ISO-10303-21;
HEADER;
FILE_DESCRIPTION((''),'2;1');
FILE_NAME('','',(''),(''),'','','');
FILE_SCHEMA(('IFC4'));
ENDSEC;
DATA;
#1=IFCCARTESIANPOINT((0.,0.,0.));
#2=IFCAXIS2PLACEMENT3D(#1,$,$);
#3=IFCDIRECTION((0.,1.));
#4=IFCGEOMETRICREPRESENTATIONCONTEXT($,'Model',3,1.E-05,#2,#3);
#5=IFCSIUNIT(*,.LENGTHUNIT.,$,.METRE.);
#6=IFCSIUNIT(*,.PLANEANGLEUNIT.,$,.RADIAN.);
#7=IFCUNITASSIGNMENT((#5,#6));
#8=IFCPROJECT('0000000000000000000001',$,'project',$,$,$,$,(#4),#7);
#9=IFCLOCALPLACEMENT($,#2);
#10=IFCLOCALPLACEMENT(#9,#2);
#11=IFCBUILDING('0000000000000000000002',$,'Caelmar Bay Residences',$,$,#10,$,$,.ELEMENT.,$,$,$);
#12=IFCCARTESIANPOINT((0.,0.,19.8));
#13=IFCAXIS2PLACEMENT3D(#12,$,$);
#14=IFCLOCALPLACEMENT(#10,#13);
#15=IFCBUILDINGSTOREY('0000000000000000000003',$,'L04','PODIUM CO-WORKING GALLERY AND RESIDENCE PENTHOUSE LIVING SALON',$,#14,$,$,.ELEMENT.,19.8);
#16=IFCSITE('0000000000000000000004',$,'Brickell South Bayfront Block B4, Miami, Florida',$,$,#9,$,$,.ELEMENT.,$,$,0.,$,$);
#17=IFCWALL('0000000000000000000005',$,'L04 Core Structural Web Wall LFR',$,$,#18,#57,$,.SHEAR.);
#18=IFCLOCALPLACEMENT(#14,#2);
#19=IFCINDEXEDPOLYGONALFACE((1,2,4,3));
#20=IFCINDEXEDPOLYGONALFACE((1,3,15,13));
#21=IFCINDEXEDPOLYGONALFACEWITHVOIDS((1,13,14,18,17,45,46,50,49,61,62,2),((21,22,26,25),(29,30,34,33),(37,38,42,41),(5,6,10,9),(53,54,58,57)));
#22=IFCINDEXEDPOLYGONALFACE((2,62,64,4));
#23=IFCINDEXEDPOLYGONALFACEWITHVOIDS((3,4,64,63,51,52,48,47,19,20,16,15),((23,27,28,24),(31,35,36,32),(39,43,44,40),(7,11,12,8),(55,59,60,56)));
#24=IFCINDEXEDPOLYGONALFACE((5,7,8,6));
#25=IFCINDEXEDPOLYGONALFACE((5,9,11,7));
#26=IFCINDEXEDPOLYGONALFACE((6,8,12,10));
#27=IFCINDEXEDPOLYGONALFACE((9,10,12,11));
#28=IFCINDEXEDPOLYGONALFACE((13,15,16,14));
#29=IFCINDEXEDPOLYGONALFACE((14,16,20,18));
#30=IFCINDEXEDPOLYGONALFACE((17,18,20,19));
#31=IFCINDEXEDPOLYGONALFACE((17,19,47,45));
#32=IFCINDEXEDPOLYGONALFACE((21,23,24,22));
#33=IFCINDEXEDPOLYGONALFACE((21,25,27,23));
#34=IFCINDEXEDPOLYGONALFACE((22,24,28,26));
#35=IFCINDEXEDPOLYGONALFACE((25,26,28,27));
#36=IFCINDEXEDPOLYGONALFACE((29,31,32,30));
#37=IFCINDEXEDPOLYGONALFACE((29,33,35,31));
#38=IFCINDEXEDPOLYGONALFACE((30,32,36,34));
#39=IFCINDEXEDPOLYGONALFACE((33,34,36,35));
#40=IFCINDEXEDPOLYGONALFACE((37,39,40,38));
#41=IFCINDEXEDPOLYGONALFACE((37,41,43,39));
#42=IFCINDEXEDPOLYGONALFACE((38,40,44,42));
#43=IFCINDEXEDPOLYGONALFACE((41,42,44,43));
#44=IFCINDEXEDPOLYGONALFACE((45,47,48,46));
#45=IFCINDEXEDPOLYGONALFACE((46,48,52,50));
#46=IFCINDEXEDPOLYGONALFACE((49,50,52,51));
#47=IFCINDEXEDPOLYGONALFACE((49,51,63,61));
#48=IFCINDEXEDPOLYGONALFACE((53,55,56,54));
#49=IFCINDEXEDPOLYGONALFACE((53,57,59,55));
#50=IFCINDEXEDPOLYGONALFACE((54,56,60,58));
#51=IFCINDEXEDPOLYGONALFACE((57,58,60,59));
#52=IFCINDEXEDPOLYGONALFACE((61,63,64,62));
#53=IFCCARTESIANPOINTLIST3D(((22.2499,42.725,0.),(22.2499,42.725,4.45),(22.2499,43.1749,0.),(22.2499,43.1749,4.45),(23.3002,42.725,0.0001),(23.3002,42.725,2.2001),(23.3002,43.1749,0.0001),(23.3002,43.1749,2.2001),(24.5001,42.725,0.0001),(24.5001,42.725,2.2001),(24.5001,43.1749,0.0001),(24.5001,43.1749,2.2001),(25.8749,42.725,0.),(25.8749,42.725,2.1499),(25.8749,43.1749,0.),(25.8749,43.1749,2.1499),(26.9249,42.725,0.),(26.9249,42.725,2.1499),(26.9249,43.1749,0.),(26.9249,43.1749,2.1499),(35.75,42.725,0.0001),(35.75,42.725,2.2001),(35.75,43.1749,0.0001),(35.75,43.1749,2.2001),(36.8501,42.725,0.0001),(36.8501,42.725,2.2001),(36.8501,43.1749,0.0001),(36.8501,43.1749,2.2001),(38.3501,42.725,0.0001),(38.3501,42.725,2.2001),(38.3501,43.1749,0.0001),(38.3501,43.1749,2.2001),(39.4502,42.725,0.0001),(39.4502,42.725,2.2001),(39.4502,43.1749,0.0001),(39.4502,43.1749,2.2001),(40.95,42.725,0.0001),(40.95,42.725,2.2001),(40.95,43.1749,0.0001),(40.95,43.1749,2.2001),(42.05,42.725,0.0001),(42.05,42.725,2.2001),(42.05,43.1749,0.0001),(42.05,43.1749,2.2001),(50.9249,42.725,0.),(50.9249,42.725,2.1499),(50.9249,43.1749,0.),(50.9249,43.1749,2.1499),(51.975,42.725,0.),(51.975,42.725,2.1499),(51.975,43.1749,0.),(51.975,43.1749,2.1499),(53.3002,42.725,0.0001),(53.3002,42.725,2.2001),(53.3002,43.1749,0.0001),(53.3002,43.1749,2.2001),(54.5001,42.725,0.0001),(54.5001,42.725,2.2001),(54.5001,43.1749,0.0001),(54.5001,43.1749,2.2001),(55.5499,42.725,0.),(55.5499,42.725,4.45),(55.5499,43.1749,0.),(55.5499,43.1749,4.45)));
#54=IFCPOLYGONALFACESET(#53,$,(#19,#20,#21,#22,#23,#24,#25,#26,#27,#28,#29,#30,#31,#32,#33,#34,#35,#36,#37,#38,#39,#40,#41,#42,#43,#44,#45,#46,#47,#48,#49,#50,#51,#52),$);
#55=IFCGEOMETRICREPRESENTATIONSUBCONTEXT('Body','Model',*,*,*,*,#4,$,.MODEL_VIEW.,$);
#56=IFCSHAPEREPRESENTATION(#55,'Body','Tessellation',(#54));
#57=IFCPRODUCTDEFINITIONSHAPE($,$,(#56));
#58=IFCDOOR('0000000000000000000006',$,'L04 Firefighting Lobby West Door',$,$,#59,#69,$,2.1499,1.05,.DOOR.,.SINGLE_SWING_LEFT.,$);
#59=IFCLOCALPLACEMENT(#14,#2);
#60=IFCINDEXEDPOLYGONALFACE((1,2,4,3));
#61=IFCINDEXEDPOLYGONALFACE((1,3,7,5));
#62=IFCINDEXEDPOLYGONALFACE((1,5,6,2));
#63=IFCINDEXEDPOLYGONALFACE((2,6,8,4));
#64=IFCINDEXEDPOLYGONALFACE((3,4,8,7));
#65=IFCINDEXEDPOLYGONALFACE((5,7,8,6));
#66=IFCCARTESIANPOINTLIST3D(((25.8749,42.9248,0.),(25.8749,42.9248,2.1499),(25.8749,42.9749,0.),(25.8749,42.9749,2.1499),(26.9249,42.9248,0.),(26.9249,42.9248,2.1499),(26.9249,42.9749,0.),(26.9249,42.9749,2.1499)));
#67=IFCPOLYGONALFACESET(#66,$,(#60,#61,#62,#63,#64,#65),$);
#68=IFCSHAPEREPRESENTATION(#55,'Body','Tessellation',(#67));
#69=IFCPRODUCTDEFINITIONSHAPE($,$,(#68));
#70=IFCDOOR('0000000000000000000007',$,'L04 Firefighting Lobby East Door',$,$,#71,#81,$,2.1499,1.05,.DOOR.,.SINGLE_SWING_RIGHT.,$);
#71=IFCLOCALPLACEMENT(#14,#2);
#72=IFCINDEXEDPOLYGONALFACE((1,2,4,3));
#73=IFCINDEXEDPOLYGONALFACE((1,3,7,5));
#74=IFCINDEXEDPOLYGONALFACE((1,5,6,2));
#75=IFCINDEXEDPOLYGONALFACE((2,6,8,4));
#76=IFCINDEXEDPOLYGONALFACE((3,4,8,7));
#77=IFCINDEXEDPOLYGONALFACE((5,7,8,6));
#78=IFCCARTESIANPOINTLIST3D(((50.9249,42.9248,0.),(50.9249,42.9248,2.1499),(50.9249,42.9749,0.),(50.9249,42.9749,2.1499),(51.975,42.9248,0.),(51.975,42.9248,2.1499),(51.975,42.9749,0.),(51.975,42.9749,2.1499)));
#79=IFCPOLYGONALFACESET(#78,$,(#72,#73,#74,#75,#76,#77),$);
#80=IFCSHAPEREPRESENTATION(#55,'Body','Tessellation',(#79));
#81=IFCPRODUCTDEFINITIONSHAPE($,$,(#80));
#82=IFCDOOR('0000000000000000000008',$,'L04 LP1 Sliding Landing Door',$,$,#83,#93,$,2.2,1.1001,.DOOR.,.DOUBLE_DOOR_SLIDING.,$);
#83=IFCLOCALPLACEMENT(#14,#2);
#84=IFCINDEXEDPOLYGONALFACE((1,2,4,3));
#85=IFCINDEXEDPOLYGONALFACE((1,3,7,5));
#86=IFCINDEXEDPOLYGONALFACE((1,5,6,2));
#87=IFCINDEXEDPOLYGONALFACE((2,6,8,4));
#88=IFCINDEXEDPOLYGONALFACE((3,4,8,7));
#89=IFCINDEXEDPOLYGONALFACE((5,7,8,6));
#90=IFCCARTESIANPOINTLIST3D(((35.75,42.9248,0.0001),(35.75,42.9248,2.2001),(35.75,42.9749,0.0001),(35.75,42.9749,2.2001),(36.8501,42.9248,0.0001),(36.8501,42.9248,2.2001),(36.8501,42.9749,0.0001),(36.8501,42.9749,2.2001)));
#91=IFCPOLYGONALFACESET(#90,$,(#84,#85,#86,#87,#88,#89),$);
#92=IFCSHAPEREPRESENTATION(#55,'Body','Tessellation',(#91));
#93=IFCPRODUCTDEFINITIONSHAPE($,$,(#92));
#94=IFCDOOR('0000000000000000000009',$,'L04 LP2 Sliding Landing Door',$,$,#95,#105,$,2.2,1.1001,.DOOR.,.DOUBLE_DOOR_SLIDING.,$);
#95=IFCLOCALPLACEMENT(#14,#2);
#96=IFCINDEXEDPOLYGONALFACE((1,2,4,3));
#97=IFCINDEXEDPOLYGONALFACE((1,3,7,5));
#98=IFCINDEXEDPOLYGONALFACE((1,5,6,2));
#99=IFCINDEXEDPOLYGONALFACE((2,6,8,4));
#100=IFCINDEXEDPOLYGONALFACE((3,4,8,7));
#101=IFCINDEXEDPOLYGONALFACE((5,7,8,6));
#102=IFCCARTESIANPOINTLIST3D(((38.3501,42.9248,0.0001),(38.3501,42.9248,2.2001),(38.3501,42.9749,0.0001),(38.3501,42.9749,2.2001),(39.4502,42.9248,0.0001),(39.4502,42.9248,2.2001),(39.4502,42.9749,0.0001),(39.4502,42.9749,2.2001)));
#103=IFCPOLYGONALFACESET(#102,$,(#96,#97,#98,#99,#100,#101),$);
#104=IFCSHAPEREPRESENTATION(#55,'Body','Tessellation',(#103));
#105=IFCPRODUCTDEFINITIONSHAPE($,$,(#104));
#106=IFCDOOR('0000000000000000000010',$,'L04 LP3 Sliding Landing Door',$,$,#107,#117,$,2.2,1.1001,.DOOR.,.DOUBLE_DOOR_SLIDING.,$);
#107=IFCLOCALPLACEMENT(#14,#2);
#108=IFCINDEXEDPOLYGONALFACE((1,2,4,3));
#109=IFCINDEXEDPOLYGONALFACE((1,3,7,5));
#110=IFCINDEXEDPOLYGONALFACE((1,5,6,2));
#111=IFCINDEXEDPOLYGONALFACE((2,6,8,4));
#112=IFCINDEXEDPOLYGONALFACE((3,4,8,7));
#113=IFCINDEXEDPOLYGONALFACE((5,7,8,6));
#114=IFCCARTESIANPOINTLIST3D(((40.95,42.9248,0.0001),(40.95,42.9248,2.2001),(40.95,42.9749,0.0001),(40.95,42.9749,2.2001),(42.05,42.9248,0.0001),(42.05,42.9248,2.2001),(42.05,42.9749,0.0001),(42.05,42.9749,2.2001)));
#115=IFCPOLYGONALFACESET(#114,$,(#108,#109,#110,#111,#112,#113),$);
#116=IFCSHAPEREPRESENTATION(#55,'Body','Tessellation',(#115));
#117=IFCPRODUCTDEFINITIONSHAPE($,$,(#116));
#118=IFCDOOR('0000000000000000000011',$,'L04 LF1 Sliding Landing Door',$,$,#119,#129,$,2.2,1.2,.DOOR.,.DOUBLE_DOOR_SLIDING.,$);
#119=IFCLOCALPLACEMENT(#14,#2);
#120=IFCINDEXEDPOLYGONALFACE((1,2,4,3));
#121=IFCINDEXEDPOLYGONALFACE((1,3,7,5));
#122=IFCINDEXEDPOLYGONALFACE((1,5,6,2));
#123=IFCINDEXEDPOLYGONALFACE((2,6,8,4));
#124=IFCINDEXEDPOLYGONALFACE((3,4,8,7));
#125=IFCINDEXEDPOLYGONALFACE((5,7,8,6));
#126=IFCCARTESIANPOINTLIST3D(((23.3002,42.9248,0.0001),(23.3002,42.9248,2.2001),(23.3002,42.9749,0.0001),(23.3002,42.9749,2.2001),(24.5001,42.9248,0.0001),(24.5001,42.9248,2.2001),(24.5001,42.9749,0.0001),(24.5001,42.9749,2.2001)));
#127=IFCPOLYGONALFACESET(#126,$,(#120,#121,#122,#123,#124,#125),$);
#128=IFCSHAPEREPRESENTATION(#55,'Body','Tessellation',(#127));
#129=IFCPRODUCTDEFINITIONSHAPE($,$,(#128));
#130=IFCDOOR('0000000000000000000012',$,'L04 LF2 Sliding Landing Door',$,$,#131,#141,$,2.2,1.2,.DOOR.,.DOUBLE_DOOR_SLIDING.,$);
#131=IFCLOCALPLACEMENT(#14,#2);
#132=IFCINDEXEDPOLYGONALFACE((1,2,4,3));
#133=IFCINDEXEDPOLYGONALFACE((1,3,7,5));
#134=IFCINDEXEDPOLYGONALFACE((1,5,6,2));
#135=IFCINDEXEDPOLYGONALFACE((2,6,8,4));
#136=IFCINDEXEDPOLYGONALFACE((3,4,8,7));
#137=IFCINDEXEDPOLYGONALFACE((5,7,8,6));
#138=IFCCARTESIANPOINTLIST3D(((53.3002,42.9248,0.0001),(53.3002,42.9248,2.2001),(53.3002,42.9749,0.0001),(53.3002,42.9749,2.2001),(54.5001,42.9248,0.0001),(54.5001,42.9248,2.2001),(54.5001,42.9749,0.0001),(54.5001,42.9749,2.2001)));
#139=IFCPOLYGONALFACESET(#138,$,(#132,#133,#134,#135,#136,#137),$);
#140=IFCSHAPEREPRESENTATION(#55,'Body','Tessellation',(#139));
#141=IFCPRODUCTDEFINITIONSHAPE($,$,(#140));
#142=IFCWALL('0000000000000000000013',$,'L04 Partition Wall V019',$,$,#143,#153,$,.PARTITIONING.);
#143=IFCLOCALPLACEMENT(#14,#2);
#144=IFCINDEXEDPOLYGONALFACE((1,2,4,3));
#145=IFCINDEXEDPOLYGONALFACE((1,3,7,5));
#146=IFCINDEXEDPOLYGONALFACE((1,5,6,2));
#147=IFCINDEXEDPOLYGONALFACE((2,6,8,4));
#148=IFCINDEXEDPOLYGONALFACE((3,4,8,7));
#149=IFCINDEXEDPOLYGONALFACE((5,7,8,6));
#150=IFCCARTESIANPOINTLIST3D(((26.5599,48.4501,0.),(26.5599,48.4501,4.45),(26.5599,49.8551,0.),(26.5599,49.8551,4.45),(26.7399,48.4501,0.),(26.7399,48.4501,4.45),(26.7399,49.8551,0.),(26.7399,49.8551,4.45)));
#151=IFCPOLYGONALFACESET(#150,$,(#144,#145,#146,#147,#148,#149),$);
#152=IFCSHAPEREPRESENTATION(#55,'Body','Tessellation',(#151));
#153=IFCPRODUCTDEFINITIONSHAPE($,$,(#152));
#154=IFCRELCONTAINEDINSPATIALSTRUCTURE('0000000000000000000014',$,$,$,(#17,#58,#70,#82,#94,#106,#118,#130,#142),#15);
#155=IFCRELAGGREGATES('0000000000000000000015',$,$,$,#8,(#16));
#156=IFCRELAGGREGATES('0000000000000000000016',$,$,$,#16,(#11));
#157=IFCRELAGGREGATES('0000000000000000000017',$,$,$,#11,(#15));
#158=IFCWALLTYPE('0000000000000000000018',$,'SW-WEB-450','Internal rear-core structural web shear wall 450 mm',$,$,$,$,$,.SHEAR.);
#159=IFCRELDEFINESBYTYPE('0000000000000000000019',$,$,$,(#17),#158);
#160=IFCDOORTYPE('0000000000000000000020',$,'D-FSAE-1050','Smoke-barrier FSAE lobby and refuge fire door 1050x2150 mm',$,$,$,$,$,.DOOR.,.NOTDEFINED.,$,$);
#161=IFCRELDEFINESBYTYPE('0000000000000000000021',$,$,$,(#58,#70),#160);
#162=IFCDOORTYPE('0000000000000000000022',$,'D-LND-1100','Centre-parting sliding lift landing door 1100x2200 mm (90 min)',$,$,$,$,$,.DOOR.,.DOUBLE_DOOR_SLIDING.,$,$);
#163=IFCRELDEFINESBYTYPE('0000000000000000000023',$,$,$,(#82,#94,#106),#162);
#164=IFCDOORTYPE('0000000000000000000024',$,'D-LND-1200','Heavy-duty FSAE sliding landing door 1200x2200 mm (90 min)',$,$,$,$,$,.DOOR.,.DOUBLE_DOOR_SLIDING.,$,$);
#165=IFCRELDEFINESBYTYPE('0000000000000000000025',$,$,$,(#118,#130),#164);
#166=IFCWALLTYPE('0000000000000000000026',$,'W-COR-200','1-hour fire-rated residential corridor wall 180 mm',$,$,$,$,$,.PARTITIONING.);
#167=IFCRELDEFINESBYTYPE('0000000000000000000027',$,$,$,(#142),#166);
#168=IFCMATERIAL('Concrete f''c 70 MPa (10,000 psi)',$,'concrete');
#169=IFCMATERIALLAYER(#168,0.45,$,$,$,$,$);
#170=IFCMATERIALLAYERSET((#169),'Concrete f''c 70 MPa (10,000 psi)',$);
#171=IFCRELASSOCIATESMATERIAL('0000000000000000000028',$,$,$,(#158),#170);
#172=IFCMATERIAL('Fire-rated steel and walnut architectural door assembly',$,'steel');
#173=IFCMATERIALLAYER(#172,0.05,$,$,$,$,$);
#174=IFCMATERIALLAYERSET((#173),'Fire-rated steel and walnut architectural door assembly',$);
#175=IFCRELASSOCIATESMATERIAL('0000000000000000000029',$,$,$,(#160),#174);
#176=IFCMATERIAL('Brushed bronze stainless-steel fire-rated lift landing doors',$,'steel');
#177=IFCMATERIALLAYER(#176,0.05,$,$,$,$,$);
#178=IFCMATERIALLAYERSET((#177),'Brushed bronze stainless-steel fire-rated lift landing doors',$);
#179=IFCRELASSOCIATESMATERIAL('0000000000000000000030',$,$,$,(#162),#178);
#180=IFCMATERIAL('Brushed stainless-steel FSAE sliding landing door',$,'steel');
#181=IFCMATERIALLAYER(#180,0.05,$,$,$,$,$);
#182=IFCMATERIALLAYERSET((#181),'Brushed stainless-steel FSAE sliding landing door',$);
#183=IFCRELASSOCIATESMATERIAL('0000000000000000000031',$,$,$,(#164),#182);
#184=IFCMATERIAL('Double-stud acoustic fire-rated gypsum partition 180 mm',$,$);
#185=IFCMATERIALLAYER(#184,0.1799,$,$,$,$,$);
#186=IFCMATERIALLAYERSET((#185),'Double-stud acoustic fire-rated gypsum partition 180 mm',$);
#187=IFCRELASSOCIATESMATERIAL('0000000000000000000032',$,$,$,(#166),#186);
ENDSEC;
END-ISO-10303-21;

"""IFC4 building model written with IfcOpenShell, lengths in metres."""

from ifc_helpers import new_model, si_unit, direction, frame, frame_2d, origin, place, context, subcontext, project, spatial, rectangle, extrude, material, layer, layer_set, type_object, element, fill, save


model = new_model("IFC4")

# Units and contexts
model_context = context("Model", 3, precision=1e-05, world=origin(), true_north=direction((0.0, 1.0)))
body_context = subcontext(model_context, "Body", "Model", "MODEL_VIEW")
ifc_project = project(units=[si_unit("LENGTHUNIT", "METRE"), si_unit("PLANEANGLEUNIT", "RADIAN")], contexts=[model_context])

# Site, building, storey
site_placement = place(None, origin())
site = spatial("IfcSite", under=ifc_project, at=site_placement, Name="Brickell South Bayfront Block B4, Miami, Florida", CompositionType="ELEMENT", RefElevation=0.0)
building_placement = place(site_placement, origin())
building = spatial("IfcBuilding", under=site, at=building_placement, Name="Caelmar Bay Residences", CompositionType="ELEMENT")
storey_placement = place(building_placement, frame((0.0, 0.0, 19.8)))
storey = spatial("IfcBuildingStorey", under=building, at=storey_placement, Name="L04", Description="PODIUM CO-WORKING GALLERY AND RESIDENCE PENTHOUSE LIVING SALON", CompositionType="ELEMENT", Elevation=19.8)

# Wall, openings, doors
ifc_material_1 = material(Name="Concrete f'c 70 MPa (10,000 psi)", Category="concrete")
ifc_layer_1 = layer(ifc_material_1, 0.45)
ifc_layer_set_1 = layer_set([ifc_layer_1], Name="Concrete f'c 70 MPa (10,000 psi)")
wall_type_1 = type_object("IfcWallType", Name="SW-WEB-450", Description="Internal rear-core structural web shear wall 450 mm", PredefinedType="SHEAR", material=ifc_layer_set_1)
wall_1_placement = place(storey_placement, frame((22.25, 42.95, 0.0), z_axis=(0.0, 0.0, 1.0), x_axis=(1.0, 0.0, 0.0)))
wall_1 = element("IfcWall", 1, at=wall_1_placement, inside=storey, type_object=wall_type_1, Name="L04 Core Structural Web Wall LFR", PredefinedType="SHEAR", context=body_context, shape_type="SweptSolid", body=[
    extrude(rectangle(XDim=33.3, YDim=0.45, at=frame_2d((16.6499, 0.0))), origin(), (0.0, 0.0, 1.0), 4.45),
])
opening_1_placement = place(wall_1_placement, frame((1.05, 0.0, 0.0)))
opening_1 = element("IfcOpeningElement", 2, at=opening_1_placement, cuts=wall_1, PredefinedType="OPENING", context=body_context, shape_type="SweptSolid", body=[
    extrude(rectangle(XDim=1.2, YDim=2.2, at=frame_2d((0.6001, 1.1001))), frame((0.0, 0.2349, 0.0), z_axis=(0.0, -1.0, 0.0), x_axis=(1.0, 0.0, 0.0)), (0.0, 0.0, 1.0), 0.47),
])
opening_2_placement = place(wall_1_placement, frame((31.05, 0.0, 0.0)))
opening_2 = element("IfcOpeningElement", 3, at=opening_2_placement, cuts=wall_1, PredefinedType="OPENING", context=body_context, shape_type="SweptSolid", body=[
    extrude(rectangle(XDim=1.2, YDim=2.2, at=frame_2d((0.6001, 1.1001))), frame((0.0, 0.2349, 0.0), z_axis=(0.0, -1.0, 0.0), x_axis=(1.0, 0.0, 0.0)), (0.0, 0.0, 1.0), 0.47),
])
opening_3_placement = place(wall_1_placement, frame((13.5, 0.0, 0.0)))
opening_3 = element("IfcOpeningElement", 4, at=opening_3_placement, cuts=wall_1, PredefinedType="OPENING", context=body_context, shape_type="SweptSolid", body=[
    extrude(rectangle(XDim=1.1001, YDim=2.2, at=frame_2d((0.55, 1.1001))), frame((0.0, 0.2349, 0.0), z_axis=(0.0, -1.0, 0.0), x_axis=(1.0, 0.0, 0.0)), (0.0, 0.0, 1.0), 0.47),
])
opening_4_placement = place(wall_1_placement, frame((16.1001, 0.0, 0.0)))
opening_4 = element("IfcOpeningElement", 5, at=opening_4_placement, cuts=wall_1, PredefinedType="OPENING", context=body_context, shape_type="SweptSolid", body=[
    extrude(rectangle(XDim=1.1001, YDim=2.2, at=frame_2d((0.55, 1.1001))), frame((0.0, 0.2349, 0.0), z_axis=(0.0, -1.0, 0.0), x_axis=(1.0, 0.0, 0.0)), (0.0, 0.0, 1.0), 0.47),
])
opening_5_placement = place(wall_1_placement, frame((18.7, 0.0, 0.0)))
opening_5 = element("IfcOpeningElement", 6, at=opening_5_placement, cuts=wall_1, PredefinedType="OPENING", context=body_context, shape_type="SweptSolid", body=[
    extrude(rectangle(XDim=1.1001, YDim=2.2, at=frame_2d((0.55, 1.1001))), frame((0.0, 0.2349, 0.0), z_axis=(0.0, -1.0, 0.0), x_axis=(1.0, 0.0, 0.0)), (0.0, 0.0, 1.0), 0.47),
])
opening_6_placement = place(wall_1_placement, frame((3.625, 0.0, 0.0)))
opening_6 = element("IfcOpeningElement", 7, at=opening_6_placement, cuts=wall_1, PredefinedType="OPENING", context=body_context, shape_type="SweptSolid", body=[
    extrude(rectangle(XDim=1.05, YDim=2.1499, at=frame_2d((0.5249, 1.075))), frame((0.0, 0.2349, 0.0), z_axis=(0.0, -1.0, 0.0), x_axis=(1.0, 0.0, 0.0)), (0.0, 0.0, 1.0), 0.47),
])
opening_7_placement = place(wall_1_placement, frame((28.675, 0.0, 0.0)))
opening_7 = element("IfcOpeningElement", 8, at=opening_7_placement, cuts=wall_1, PredefinedType="OPENING", context=body_context, shape_type="SweptSolid", body=[
    extrude(rectangle(XDim=1.05, YDim=2.1499, at=frame_2d((0.5249, 1.075))), frame((0.0, 0.2349, 0.0), z_axis=(0.0, -1.0, 0.0), x_axis=(1.0, 0.0, 0.0)), (0.0, 0.0, 1.0), 0.47),
])
ifc_material_2 = material(Name="Fire-rated steel and walnut architectural door assembly", Category="steel")
ifc_layer_2 = layer(ifc_material_2, 0.05)
ifc_layer_set_2 = layer_set([ifc_layer_2], Name="Fire-rated steel and walnut architectural door assembly")
door_type_1 = type_object("IfcDoorType", Name="D-FSAE-1050", Description="Smoke-barrier FSAE lobby and refuge fire door 1050x2150 mm", OperationType="NOTDEFINED", PredefinedType="DOOR", material=ifc_layer_set_2)
door_1_placement = place(opening_6_placement, origin())
door_1 = element("IfcDoor", 9, at=door_1_placement, inside=storey, type_object=door_type_1, Name="L04 Firefighting Lobby West Door", OperationType="SINGLE_SWING_LEFT", OverallHeight=2.1499, OverallWidth=1.05, PredefinedType="DOOR", context=body_context, shape_type="SweptSolid", body=[
    extrude(rectangle(XDim=1.05, YDim=2.1499, at=frame_2d((0.5249, 1.075))), frame((0.0, 0.0249, 0.0), z_axis=(0.0, -1.0, 0.0), x_axis=(1.0, 0.0, 0.0)), (0.0, 0.0, 1.0), 0.05),
])
fill(opening_6, door_1)
door_2_placement = place(opening_7_placement, origin())
door_2 = element("IfcDoor", 10, at=door_2_placement, inside=storey, type_object=door_type_1, Name="L04 Firefighting Lobby East Door", OperationType="SINGLE_SWING_RIGHT", OverallHeight=2.1499, OverallWidth=1.05, PredefinedType="DOOR", context=body_context, shape_type="SweptSolid", body=[
    extrude(rectangle(XDim=1.05, YDim=2.1499, at=frame_2d((0.5249, 1.075))), frame((0.0, 0.0249, 0.0), z_axis=(0.0, -1.0, 0.0), x_axis=(1.0, 0.0, 0.0)), (0.0, 0.0, 1.0), 0.05),
])
fill(opening_7, door_2)
ifc_material_3 = material(Name="Brushed bronze stainless-steel fire-rated lift landing doors", Category="steel")
ifc_layer_3 = layer(ifc_material_3, 0.05)
ifc_layer_set_3 = layer_set([ifc_layer_3], Name="Brushed bronze stainless-steel fire-rated lift landing doors")
door_type_2 = type_object("IfcDoorType", Name="D-LND-1100", Description="Centre-parting sliding lift landing door 1100x2200 mm (90 min)", OperationType="DOUBLE_DOOR_SLIDING", PredefinedType="DOOR", material=ifc_layer_set_3)
door_3_placement = place(opening_3_placement, origin())
door_3 = element("IfcDoor", 11, at=door_3_placement, inside=storey, type_object=door_type_2, Name="L04 LP1 Sliding Landing Door", OperationType="DOUBLE_DOOR_SLIDING", OverallHeight=2.2, OverallWidth=1.1001, PredefinedType="DOOR", context=body_context, shape_type="SweptSolid", body=[
    extrude(rectangle(XDim=1.1001, YDim=2.2, at=frame_2d((0.55, 1.1001))), frame((0.0, 0.0249, 0.0), z_axis=(0.0, -1.0, 0.0), x_axis=(1.0, 0.0, 0.0)), (0.0, 0.0, 1.0), 0.05),
])
fill(opening_3, door_3)
door_4_placement = place(opening_4_placement, origin())
door_4 = element("IfcDoor", 12, at=door_4_placement, inside=storey, type_object=door_type_2, Name="L04 LP2 Sliding Landing Door", OperationType="DOUBLE_DOOR_SLIDING", OverallHeight=2.2, OverallWidth=1.1001, PredefinedType="DOOR", context=body_context, shape_type="SweptSolid", body=[
    extrude(rectangle(XDim=1.1001, YDim=2.2, at=frame_2d((0.55, 1.1001))), frame((0.0, 0.0249, 0.0), z_axis=(0.0, -1.0, 0.0), x_axis=(1.0, 0.0, 0.0)), (0.0, 0.0, 1.0), 0.05),
])
fill(opening_4, door_4)
door_5_placement = place(opening_5_placement, origin())
door_5 = element("IfcDoor", 13, at=door_5_placement, inside=storey, type_object=door_type_2, Name="L04 LP3 Sliding Landing Door", OperationType="DOUBLE_DOOR_SLIDING", OverallHeight=2.2, OverallWidth=1.1001, PredefinedType="DOOR", context=body_context, shape_type="SweptSolid", body=[
    extrude(rectangle(XDim=1.1001, YDim=2.2, at=frame_2d((0.55, 1.1001))), frame((0.0, 0.0249, 0.0), z_axis=(0.0, -1.0, 0.0), x_axis=(1.0, 0.0, 0.0)), (0.0, 0.0, 1.0), 0.05),
])
fill(opening_5, door_5)
ifc_material_4 = material(Name="Brushed stainless-steel FSAE sliding landing door", Category="steel")
ifc_layer_4 = layer(ifc_material_4, 0.05)
ifc_layer_set_4 = layer_set([ifc_layer_4], Name="Brushed stainless-steel FSAE sliding landing door")
door_type_3 = type_object("IfcDoorType", Name="D-LND-1200", Description="Heavy-duty FSAE sliding landing door 1200x2200 mm (90 min)", OperationType="DOUBLE_DOOR_SLIDING", PredefinedType="DOOR", material=ifc_layer_set_4)
door_6_placement = place(opening_1_placement, origin())
door_6 = element("IfcDoor", 14, at=door_6_placement, inside=storey, type_object=door_type_3, Name="L04 LF1 Sliding Landing Door", OperationType="DOUBLE_DOOR_SLIDING", OverallHeight=2.2, OverallWidth=1.2, PredefinedType="DOOR", context=body_context, shape_type="SweptSolid", body=[
    extrude(rectangle(XDim=1.2, YDim=2.2, at=frame_2d((0.6001, 1.1001))), frame((0.0, 0.0249, 0.0), z_axis=(0.0, -1.0, 0.0), x_axis=(1.0, 0.0, 0.0)), (0.0, 0.0, 1.0), 0.05),
])
fill(opening_1, door_6)
door_7_placement = place(opening_2_placement, origin())
door_7 = element("IfcDoor", 15, at=door_7_placement, inside=storey, type_object=door_type_3, Name="L04 LF2 Sliding Landing Door", OperationType="DOUBLE_DOOR_SLIDING", OverallHeight=2.2, OverallWidth=1.2, PredefinedType="DOOR", context=body_context, shape_type="SweptSolid", body=[
    extrude(rectangle(XDim=1.2, YDim=2.2, at=frame_2d((0.6001, 1.1001))), frame((0.0, 0.0249, 0.0), z_axis=(0.0, -1.0, 0.0), x_axis=(1.0, 0.0, 0.0)), (0.0, 0.0, 1.0), 0.05),
])
fill(opening_2, door_7)

# Wall
ifc_material_5 = material(Name="Double-stud acoustic fire-rated gypsum partition 180 mm")
ifc_layer_5 = layer(ifc_material_5, 0.1799)
ifc_layer_set_5 = layer_set([ifc_layer_5], Name="Double-stud acoustic fire-rated gypsum partition 180 mm")
wall_type_2 = type_object("IfcWallType", Name="W-COR-200", Description="1-hour fire-rated residential corridor wall 180 mm", PredefinedType="PARTITIONING", material=ifc_layer_set_5)
wall_2_placement = place(storey_placement, frame((26.6499, 48.45, 0.0), z_axis=(0.0, 0.0, 1.0), x_axis=(0.0, 1.0, 0.0)))
element("IfcWall", 16, at=wall_2_placement, inside=storey, type_object=wall_type_2, Name="L04 Partition Wall V019", PredefinedType="PARTITIONING", context=body_context, shape_type="SweptSolid", body=[
    extrude(rectangle(XDim=1.405, YDim=0.1799, at=frame_2d((0.7026, 0.0))), origin(), (0.0, 0.0, 1.0), 4.45),
])

save(model, "model.ifc")
